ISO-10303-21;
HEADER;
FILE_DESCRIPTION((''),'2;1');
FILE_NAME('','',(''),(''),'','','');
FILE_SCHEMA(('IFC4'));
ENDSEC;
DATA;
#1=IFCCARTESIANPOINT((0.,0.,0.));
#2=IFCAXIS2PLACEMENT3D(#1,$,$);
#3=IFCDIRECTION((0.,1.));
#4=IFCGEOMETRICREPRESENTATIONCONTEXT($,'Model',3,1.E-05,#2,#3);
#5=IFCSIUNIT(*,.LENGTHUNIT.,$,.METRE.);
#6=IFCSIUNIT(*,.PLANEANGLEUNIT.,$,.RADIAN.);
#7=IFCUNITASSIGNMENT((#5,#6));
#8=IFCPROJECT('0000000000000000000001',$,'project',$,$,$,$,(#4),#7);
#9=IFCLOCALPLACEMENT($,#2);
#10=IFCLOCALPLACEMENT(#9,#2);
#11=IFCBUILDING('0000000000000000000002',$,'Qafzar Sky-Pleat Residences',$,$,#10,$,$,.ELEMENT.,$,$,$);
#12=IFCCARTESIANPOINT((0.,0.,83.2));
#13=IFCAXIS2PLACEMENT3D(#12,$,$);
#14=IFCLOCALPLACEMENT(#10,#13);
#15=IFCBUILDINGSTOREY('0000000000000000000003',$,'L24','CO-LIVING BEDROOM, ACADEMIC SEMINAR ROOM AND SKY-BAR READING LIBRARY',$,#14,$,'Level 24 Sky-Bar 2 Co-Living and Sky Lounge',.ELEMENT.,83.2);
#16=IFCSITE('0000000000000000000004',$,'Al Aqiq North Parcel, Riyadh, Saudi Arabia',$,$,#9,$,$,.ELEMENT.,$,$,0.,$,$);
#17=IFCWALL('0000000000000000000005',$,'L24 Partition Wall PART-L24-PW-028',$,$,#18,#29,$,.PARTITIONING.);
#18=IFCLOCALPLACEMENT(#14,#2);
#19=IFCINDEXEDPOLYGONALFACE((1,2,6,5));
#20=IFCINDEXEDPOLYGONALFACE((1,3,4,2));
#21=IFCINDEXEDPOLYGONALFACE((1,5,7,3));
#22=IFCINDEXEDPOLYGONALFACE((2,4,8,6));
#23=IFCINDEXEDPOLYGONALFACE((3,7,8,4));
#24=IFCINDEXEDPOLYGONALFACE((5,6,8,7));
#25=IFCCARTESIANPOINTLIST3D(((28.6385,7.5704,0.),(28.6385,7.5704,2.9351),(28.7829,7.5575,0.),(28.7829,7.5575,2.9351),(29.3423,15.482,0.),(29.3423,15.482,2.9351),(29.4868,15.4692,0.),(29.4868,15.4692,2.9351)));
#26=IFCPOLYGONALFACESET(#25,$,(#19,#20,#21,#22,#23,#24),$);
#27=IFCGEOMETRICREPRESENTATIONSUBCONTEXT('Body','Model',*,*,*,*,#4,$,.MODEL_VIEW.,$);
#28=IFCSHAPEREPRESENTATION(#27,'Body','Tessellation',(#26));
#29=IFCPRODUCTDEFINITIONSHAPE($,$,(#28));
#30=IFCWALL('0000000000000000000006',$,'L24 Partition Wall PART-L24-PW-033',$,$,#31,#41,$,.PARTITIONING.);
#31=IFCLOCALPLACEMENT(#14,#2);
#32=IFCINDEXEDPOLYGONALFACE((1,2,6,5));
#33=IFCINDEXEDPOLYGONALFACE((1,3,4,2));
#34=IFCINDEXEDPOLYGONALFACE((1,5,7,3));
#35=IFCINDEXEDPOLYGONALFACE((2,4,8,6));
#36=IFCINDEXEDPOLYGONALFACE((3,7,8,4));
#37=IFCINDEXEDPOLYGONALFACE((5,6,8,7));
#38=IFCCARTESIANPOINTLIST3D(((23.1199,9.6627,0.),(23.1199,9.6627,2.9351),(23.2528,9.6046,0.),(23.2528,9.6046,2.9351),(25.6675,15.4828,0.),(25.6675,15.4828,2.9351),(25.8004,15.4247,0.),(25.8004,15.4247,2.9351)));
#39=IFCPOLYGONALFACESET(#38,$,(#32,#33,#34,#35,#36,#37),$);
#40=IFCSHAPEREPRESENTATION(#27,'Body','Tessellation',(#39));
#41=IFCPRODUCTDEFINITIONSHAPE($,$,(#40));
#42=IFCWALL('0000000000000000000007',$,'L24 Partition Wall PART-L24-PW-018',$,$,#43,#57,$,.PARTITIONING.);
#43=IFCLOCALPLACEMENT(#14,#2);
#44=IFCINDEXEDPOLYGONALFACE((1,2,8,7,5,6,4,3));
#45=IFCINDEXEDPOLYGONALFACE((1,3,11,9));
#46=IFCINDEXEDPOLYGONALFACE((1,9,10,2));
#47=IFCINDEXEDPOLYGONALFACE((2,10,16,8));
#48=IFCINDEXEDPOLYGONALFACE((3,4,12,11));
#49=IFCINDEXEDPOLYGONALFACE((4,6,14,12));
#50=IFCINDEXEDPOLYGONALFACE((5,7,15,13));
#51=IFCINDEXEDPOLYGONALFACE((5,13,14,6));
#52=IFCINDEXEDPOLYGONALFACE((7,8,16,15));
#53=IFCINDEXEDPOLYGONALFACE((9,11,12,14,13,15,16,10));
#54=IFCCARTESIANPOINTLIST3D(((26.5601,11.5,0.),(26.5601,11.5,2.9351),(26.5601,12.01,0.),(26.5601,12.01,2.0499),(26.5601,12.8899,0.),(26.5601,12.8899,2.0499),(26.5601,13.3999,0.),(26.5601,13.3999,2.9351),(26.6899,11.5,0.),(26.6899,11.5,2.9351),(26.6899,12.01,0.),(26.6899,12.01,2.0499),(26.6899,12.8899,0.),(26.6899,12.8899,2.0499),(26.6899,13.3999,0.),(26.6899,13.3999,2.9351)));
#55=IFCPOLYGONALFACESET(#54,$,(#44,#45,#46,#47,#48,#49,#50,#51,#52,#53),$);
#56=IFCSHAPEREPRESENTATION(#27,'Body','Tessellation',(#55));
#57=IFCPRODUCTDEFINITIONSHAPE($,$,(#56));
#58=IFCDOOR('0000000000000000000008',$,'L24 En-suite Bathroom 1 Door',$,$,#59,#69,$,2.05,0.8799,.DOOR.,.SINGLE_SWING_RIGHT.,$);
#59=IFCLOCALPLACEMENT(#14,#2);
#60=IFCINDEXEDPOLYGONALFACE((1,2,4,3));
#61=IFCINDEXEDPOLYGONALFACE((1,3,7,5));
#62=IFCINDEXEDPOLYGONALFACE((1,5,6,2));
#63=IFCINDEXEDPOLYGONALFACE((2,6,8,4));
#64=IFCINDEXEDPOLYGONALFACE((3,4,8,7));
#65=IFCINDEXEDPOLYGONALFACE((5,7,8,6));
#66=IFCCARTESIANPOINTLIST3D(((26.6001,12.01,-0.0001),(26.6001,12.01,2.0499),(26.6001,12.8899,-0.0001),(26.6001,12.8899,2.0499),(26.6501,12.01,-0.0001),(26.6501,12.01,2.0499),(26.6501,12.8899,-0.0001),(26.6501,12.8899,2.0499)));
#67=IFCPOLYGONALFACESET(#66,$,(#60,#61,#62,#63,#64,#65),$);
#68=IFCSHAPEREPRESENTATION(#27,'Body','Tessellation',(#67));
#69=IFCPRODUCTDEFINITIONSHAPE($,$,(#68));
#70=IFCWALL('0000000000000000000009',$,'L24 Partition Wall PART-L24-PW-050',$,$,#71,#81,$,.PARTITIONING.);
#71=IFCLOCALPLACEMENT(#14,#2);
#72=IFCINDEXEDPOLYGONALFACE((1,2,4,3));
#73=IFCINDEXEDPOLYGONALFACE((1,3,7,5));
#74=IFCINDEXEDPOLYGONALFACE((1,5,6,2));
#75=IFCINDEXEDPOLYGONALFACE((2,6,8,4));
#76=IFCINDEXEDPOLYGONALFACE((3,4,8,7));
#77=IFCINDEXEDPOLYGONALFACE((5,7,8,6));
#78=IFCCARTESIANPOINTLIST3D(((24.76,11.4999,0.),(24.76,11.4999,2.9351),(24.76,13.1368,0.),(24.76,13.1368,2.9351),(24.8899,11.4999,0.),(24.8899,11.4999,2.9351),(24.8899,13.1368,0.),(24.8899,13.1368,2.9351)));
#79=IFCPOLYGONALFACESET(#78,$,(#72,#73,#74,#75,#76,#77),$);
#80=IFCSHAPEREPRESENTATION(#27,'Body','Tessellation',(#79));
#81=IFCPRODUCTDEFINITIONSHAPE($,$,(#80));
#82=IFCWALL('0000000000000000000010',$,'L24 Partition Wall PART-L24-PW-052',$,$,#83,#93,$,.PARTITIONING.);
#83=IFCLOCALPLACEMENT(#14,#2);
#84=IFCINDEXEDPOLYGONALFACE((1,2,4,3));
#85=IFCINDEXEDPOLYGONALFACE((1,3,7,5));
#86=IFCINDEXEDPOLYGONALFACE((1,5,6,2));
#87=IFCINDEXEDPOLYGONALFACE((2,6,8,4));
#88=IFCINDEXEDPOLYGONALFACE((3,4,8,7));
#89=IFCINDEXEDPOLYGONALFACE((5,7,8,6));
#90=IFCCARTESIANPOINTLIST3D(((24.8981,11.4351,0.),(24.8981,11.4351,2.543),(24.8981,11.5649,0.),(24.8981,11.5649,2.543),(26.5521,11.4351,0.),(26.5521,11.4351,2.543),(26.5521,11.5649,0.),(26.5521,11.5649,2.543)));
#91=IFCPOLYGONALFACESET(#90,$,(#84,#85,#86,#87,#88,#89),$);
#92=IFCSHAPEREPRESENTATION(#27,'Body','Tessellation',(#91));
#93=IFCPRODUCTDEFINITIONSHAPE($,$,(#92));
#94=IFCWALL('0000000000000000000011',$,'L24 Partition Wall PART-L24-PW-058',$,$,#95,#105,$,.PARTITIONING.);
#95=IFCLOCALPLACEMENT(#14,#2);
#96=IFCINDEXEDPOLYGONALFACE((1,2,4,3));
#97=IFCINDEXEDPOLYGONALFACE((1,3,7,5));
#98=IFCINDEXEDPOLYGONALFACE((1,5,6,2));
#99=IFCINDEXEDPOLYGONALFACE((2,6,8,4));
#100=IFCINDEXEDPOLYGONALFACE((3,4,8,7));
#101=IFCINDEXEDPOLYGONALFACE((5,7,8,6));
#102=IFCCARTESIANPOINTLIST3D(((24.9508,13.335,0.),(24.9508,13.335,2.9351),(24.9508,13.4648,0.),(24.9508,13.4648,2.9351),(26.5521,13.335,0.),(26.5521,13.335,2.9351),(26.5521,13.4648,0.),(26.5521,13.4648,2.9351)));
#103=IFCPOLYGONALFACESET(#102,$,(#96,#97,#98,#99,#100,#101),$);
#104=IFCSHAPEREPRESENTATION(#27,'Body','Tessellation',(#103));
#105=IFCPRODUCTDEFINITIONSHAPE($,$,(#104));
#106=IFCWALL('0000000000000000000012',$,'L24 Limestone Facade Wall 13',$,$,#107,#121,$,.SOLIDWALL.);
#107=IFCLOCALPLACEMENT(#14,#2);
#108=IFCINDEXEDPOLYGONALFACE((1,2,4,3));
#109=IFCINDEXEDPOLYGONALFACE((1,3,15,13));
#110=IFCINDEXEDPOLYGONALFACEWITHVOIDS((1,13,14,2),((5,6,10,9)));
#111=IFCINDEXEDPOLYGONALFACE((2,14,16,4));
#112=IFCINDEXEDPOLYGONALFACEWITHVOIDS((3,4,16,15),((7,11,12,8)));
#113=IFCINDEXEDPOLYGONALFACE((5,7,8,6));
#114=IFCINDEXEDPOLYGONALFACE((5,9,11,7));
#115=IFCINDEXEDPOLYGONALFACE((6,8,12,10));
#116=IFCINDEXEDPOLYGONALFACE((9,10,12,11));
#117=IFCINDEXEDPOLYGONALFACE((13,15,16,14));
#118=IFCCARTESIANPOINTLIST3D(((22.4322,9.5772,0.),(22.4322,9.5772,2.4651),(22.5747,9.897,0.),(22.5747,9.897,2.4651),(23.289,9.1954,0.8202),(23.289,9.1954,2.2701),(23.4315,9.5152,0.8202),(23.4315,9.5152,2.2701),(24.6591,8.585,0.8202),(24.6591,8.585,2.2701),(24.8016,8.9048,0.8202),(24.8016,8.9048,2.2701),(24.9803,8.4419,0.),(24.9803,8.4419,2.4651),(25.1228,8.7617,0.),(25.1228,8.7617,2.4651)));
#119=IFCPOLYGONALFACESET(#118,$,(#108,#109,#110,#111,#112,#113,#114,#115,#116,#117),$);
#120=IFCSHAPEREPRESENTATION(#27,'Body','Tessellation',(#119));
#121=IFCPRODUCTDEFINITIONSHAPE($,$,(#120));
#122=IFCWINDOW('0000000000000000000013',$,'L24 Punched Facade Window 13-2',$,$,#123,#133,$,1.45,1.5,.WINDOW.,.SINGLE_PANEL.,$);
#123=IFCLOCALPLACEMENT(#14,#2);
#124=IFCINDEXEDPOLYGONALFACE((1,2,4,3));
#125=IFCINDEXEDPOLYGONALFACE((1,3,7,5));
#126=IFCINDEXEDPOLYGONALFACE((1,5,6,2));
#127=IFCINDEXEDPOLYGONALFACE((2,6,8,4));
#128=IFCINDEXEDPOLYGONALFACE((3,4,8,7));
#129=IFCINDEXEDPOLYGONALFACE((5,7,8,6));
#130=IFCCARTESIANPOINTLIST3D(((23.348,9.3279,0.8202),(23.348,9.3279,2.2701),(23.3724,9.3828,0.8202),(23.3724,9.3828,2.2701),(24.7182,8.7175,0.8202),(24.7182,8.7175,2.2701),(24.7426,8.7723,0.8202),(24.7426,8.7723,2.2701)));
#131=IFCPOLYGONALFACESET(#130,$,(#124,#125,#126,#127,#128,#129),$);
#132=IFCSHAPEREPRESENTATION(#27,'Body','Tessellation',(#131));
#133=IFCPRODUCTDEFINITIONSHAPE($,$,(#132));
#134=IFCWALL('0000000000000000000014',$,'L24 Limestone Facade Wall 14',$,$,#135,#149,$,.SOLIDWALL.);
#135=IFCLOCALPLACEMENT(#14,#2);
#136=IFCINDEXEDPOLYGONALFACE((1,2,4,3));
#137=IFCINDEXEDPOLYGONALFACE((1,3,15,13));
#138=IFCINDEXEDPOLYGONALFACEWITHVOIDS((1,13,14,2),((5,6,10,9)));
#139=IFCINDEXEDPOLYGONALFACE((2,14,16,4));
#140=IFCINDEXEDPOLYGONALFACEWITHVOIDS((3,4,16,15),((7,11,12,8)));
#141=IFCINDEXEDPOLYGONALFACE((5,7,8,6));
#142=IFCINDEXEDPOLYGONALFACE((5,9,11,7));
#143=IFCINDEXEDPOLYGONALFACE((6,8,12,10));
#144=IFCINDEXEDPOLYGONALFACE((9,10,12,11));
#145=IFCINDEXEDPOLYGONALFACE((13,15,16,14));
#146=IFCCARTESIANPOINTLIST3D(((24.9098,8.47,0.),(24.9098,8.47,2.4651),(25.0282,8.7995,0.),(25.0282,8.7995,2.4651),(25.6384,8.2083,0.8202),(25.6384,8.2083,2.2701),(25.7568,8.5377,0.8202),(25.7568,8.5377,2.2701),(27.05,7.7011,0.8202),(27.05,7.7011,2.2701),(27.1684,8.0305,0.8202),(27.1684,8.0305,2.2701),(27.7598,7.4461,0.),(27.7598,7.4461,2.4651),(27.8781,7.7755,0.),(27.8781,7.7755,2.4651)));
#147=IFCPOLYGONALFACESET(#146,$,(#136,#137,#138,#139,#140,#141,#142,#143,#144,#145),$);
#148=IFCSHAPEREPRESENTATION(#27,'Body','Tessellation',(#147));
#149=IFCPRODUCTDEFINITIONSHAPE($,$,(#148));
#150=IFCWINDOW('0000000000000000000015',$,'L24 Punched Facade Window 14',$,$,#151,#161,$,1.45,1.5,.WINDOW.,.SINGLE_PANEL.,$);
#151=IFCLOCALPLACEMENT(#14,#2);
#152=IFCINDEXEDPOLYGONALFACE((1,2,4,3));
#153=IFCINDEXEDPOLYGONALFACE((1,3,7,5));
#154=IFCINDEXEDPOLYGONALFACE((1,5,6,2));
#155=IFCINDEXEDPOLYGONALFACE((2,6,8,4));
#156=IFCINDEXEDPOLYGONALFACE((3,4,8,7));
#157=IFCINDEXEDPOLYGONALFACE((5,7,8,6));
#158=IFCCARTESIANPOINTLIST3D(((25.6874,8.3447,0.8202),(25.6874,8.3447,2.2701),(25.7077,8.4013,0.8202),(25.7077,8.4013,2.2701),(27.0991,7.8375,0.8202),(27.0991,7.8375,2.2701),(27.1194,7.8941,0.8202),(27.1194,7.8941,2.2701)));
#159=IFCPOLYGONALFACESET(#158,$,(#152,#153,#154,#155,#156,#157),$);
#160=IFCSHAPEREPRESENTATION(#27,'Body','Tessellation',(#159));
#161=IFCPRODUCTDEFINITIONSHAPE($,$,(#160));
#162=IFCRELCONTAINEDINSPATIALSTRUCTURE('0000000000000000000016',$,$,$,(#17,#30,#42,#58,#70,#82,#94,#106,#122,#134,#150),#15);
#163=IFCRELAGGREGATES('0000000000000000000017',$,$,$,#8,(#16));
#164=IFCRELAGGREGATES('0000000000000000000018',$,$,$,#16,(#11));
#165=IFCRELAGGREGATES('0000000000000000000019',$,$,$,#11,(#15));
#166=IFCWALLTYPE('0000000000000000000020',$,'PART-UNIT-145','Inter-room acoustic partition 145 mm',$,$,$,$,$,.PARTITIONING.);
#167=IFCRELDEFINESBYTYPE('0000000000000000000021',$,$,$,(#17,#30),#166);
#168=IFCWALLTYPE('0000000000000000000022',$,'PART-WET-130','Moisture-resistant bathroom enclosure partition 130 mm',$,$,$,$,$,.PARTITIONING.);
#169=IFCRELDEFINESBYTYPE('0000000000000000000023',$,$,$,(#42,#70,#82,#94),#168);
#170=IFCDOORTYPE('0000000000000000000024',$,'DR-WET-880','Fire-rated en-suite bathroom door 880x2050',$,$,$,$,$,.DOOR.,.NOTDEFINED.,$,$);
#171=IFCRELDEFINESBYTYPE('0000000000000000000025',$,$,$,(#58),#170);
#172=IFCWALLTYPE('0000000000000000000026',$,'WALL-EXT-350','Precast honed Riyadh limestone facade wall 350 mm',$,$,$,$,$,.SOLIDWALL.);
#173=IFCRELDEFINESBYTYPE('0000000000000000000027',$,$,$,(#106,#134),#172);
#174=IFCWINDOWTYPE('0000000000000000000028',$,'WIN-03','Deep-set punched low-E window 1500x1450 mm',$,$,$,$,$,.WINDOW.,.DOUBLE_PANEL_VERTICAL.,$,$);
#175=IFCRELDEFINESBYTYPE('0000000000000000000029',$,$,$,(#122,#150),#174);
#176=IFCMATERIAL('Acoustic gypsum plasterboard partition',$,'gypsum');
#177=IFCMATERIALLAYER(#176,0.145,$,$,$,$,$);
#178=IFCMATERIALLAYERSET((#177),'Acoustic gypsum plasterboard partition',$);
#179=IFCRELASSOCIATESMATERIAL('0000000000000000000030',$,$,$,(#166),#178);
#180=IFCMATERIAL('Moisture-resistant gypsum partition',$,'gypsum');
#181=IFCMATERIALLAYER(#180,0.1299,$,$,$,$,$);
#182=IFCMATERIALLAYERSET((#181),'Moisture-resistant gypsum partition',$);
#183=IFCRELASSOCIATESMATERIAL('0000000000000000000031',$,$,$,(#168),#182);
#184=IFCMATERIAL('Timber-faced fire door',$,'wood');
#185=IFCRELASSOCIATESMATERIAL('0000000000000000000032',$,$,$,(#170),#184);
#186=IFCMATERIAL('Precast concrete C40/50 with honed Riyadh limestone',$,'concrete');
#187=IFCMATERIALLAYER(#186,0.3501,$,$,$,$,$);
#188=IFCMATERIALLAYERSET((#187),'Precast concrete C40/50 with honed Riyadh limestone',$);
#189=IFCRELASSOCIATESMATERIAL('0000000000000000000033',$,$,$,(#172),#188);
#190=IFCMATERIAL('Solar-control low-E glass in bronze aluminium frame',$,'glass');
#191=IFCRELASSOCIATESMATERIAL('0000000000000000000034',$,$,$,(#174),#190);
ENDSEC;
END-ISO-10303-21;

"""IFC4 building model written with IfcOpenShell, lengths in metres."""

from ifc_helpers import new_model, si_unit, direction, frame, frame_2d, origin, place, context, subcontext, project, spatial, rectangle, extrude, source, transform, mapped, material, layer, layer_set, type_object, element, fill, save


model = new_model("IFC4")

# Units and contexts
model_context = context("Model", 3, precision=1e-05, world=origin(), true_north=direction((0.0, 1.0)))
body_context = subcontext(model_context, "Body", "Model", "MODEL_VIEW")
ifc_project = project(units=[si_unit("LENGTHUNIT", "METRE"), si_unit("PLANEANGLEUNIT", "RADIAN")], contexts=[model_context])

# Site, building, storey
site_placement = place(None, origin())
site = spatial("IfcSite", under=ifc_project, at=site_placement, Name="Al Aqiq North Parcel, Riyadh, Saudi Arabia", CompositionType="ELEMENT", RefElevation=0.0)
building_placement = place(site_placement, origin())
building = spatial("IfcBuilding", under=site, at=building_placement, Name="Qafzar Sky-Pleat Residences", CompositionType="ELEMENT")
storey_placement = place(building_placement, frame((0.0, 0.0, 83.2)))
storey = spatial("IfcBuildingStorey", under=building, at=storey_placement, Name="L24", Description="CO-LIVING BEDROOM, ACADEMIC SEMINAR ROOM AND SKY-BAR READING LIBRARY", LongName="Level 24 Sky-Bar 2 Co-Living and Sky Lounge", CompositionType="ELEMENT", Elevation=83.2)

# Shared definitions
ifc_material_1 = material(Name="Acoustic gypsum plasterboard partition", Category="gypsum")
ifc_material_2 = material(Name="Timber-faced fire door", Category="wood")

# Walls
ifc_layer_1 = layer(ifc_material_1, 0.145)
ifc_layer_set_1 = layer_set([ifc_layer_1], Name="Acoustic gypsum plasterboard partition")
wall_type_1 = type_object("IfcWallType", Name="PART-UNIT-145", Description="Inter-room acoustic partition 145 mm", PredefinedType="PARTITIONING", material=ifc_layer_set_1)
wall_1_placement = place(storey_placement, frame((28.7107, 7.564, 0.0), z_axis=(0.0, 0.0, 1.0), x_axis=(0.088615, 0.996066, 0.0)))
element("IfcWall", 1, at=wall_1_placement, inside=storey, type_object=wall_type_1, Name="L24 Partition Wall PART-L24-PW-028", PredefinedType="PARTITIONING", context=body_context, shape_type="SweptSolid", body=[
    extrude(rectangle(XDim=7.9429, YDim=0.145, at=frame_2d((3.9714, 0.0))), origin(), (0.0, 0.0, 1.0), 2.9351),
])
wall_2_placement = place(storey_placement, frame((23.1863, 9.6335, 0.0), z_axis=(0.0, 0.0, 1.0), x_axis=(0.400994, 0.916081, 0.0)))
element("IfcWall", 2, at=wall_2_placement, inside=storey, type_object=wall_type_1, Name="L24 Partition Wall PART-L24-PW-033", PredefinedType="PARTITIONING", context=body_context, shape_type="SweptSolid", body=[
    extrude(rectangle(XDim=6.3533, YDim=0.145, at=frame_2d((3.1768, 0.0))), origin(), (0.0, 0.0, 1.0), 2.9351),
])

# Wall, opening, door
ifc_material_3 = material(Name="Moisture-resistant gypsum partition", Category="gypsum")
ifc_layer_2 = layer(ifc_material_3, 0.1299)
ifc_layer_set_2 = layer_set([ifc_layer_2], Name="Moisture-resistant gypsum partition")
wall_type_2 = type_object("IfcWallType", Name="PART-WET-130", Description="Moisture-resistant bathroom enclosure partition 130 mm", PredefinedType="PARTITIONING", material=ifc_layer_set_2)
wall_3_placement = place(storey_placement, frame((26.625, 11.5, 0.0), z_axis=(0.0, 0.0, 1.0), x_axis=(0.0, 1.0, 0.0)))
wall_3 = element("IfcWall", 3, at=wall_3_placement, inside=storey, type_object=wall_type_2, Name="L24 Partition Wall PART-L24-PW-018", PredefinedType="PARTITIONING", context=body_context, shape_type="SweptSolid", body=[
    extrude(rectangle(XDim=1.8999, YDim=0.1299, at=frame_2d((0.95, 0.0))), origin(), (0.0, 0.0, 1.0), 2.9351),
])
opening_1_placement = place(wall_3_placement, frame((0.51, 0.0, 0.0)))
opening_1 = element("IfcOpeningElement", 4, at=opening_1_placement, cuts=wall_3, PredefinedType="OPENING", context=body_context, shape_type="SweptSolid", body=[
    extrude(rectangle(XDim=0.8799, YDim=2.05, at=frame_2d((0.4399, 1.0249))), frame((0.0, 0.075, 0.0), z_axis=(0.0, -1.0, 0.0), x_axis=(1.0, 0.0, 0.0)), (0.0, 0.0, 1.0), 0.1499),
])
door_type_1 = type_object("IfcDoorType", Name="DR-WET-880", Description="Fire-rated en-suite bathroom door 880x2050", OperationType="NOTDEFINED", PredefinedType="DOOR", material=ifc_material_2)
shared_shape_1 = source(origin(), body_context, "Body", "SweptSolid", [
    extrude(rectangle(XDim=0.8799, YDim=2.05, at=frame_2d((0.4399, 1.0249))), frame((0.0, 0.0249, 0.0), z_axis=(0.0, -1.0, 0.0), x_axis=(1.0, 0.0, 0.0)), (0.0, 0.0, 1.0), 0.05),
])
door_1_placement = place(opening_1_placement, origin())
door_1 = element("IfcDoor", 5, at=door_1_placement, inside=storey, type_object=door_type_1, Name="L24 En-suite Bathroom 1 Door", OperationType="SINGLE_SWING_RIGHT", OverallHeight=2.05, OverallWidth=0.8799, PredefinedType="DOOR", context=body_context, shape_type="MappedRepresentation", body=[
    mapped(shared_shape_1, transform((0.0, 0.0, 0.0), x_axis=(1.0, 0.0, 0.0), y_axis=(0.0, 1.0, 0.0), z_axis=(0.0, 0.0, 1.0), scale=1.0)),
])
fill(opening_1, door_1)

# Walls
wall_4_placement = place(storey_placement, frame((24.825, 11.5, 0.0), z_axis=(0.0, 0.0, 1.0), x_axis=(0.0, 1.0, 0.0)))
element("IfcWall", 6, at=wall_4_placement, inside=storey, type_object=wall_type_2, Name="L24 Partition Wall PART-L24-PW-050", PredefinedType="PARTITIONING", context=body_context, shape_type="SweptSolid", body=[
    extrude(rectangle(XDim=1.637, YDim=0.1299, at=frame_2d((0.8184, 0.0))), origin(), (0.0, 0.0, 1.0), 2.9351),
])
wall_5_placement = place(storey_placement, frame((24.8979, 11.5, 0.0), z_axis=(0.0, 0.0, 1.0), x_axis=(1.0, 0.0, 0.0)))
element("IfcWall", 7, at=wall_5_placement, inside=storey, type_object=wall_type_2, Name="L24 Partition Wall PART-L24-PW-052", PredefinedType="PARTITIONING", context=body_context, shape_type="SweptSolid", body=[
    extrude(rectangle(XDim=1.6541, YDim=0.1299, at=frame_2d((0.8271, 0.0))), origin(), (0.0, 0.0, 1.0), 2.543),
])
wall_6_placement = place(storey_placement, frame((24.9507, 13.3999, 0.0), z_axis=(0.0, 0.0, 1.0), x_axis=(1.0, 0.0, 0.0)))
element("IfcWall", 8, at=wall_6_placement, inside=storey, type_object=wall_type_2, Name="L24 Partition Wall PART-L24-PW-058", PredefinedType="PARTITIONING", context=body_context, shape_type="SweptSolid", body=[
    extrude(rectangle(XDim=1.6013, YDim=0.1299, at=frame_2d((0.8008, 0.0))), origin(), (0.0, 0.0, 1.0), 2.9351),
])

# Walls, openings, windows
ifc_material_4 = material(Name="Precast concrete C40/50 with honed Riyadh limestone", Category="concrete")
ifc_layer_3 = layer(ifc_material_4, 0.3501)
ifc_layer_set_3 = layer_set([ifc_layer_3], Name="Precast concrete C40/50 with honed Riyadh limestone")
wall_type_3 = type_object("IfcWallType", Name="WALL-EXT-350", Description="Precast honed Riyadh limestone facade wall 350 mm", PredefinedType="SOLIDWALL", material=ifc_layer_set_3)
wall_7_placement = place(storey_placement, frame((22.5034, 9.7371, 0.0), z_axis=(0.0, 0.0, 1.0), x_axis=(0.913443, -0.406967, 0.0)))
wall_7 = element("IfcWall", 9, at=wall_7_placement, inside=storey, type_object=wall_type_3, Name="L24 Limestone Facade Wall 13", PredefinedType="SOLIDWALL", context=body_context, shape_type="SweptSolid", body=[
    extrude(rectangle(XDim=2.7896, YDim=0.3501, at=frame_2d((1.3948, 0.0))), origin(), (0.0, 0.0, 1.0), 2.4651),
])
opening_2_placement = place(wall_7_placement, frame((0.938, 0.0, 0.8201)))
opening_2 = element("IfcOpeningElement", 10, at=opening_2_placement, cuts=wall_7, PredefinedType="OPENING", context=body_context, shape_type="SweptSolid", body=[
    extrude(rectangle(XDim=1.5, YDim=1.45, at=frame_2d((0.75, 0.7251))), frame((0.0, 0.1851, 0.0), z_axis=(0.0, -1.0, 0.0), x_axis=(1.0, 0.0, 0.0)), (0.0, 0.0, 1.0), 0.3701),
])
ifc_material_5 = material(Name="Solar-control low-E glass in bronze aluminium frame", Category="glass")
window_type_1 = type_object("IfcWindowType", Name="WIN-03", Description="Deep-set punched low-E window 1500x1450 mm", PartitioningType="DOUBLE_PANEL_VERTICAL", PredefinedType="WINDOW", material=ifc_material_5)
shared_shape_2 = source(origin(), body_context, "Body", "SweptSolid", [
    extrude(rectangle(XDim=1.5, YDim=1.45, at=frame_2d((0.75, 0.7251))), frame((0.0, 0.03, 0.0), z_axis=(0.0, -1.0, 0.0), x_axis=(1.0, 0.0, 0.0)), (0.0, 0.0, 1.0), 0.0601),
])
window_1_placement = place(opening_2_placement, origin())
window_1 = element("IfcWindow", 11, at=window_1_placement, inside=storey, type_object=window_type_1, Name="L24 Punched Facade Window 13-2", OverallHeight=1.45, OverallWidth=1.5, PartitioningType="SINGLE_PANEL", PredefinedType="WINDOW", context=body_context, shape_type="MappedRepresentation", body=[
    mapped(shared_shape_2, transform((0.0, 0.0, 0.0), x_axis=(1.0, 0.0, 0.0), y_axis=(0.0, 1.0, 0.0), z_axis=(0.0, 0.0, 1.0), scale=1.0)),
])
fill(opening_2, window_1)
wall_8_placement = place(storey_placement, frame((24.969, 8.6348, 0.0), z_axis=(0.0, 0.0, 1.0), x_axis=(0.9411, -0.338128, 0.0)))
wall_8 = element("IfcWall", 12, at=wall_8_placement, inside=storey, type_object=wall_type_3, Name="L24 Limestone Facade Wall 14", PredefinedType="SOLIDWALL", context=body_context, shape_type="SweptSolid", body=[
    extrude(rectangle(XDim=3.0283, YDim=0.3501, at=frame_2d((1.5142, 0.0))), origin(), (0.0, 0.0, 1.0), 2.4651),
])
opening_3_placement = place(wall_8_placement, frame((0.7742, 0.0, 0.8201)))
opening_3 = element("IfcOpeningElement", 13, at=opening_3_placement, cuts=wall_8, PredefinedType="OPENING", context=body_context, shape_type="SweptSolid", body=[
    extrude(rectangle(XDim=1.5, YDim=1.45, at=frame_2d((0.75, 0.7251))), frame((0.0, 0.1851, 0.0), z_axis=(0.0, -1.0, 0.0), x_axis=(1.0, 0.0, 0.0)), (0.0, 0.0, 1.0), 0.3701),
])
window_2_placement = place(opening_3_placement, origin())
window_2 = element("IfcWindow", 14, at=window_2_placement, inside=storey, type_object=window_type_1, Name="L24 Punched Facade Window 14", OverallHeight=1.45, OverallWidth=1.5, PartitioningType="SINGLE_PANEL", PredefinedType="WINDOW", context=body_context, shape_type="MappedRepresentation", body=[
    mapped(shared_shape_2, transform((0.0, 0.0, 0.0), x_axis=(1.0, 0.0, 0.0), y_axis=(0.0, 1.0, 0.0), z_axis=(0.0, 0.0, 1.0), scale=1.0)),
])
fill(opening_3, window_2)

save(model, "model.ifc")
